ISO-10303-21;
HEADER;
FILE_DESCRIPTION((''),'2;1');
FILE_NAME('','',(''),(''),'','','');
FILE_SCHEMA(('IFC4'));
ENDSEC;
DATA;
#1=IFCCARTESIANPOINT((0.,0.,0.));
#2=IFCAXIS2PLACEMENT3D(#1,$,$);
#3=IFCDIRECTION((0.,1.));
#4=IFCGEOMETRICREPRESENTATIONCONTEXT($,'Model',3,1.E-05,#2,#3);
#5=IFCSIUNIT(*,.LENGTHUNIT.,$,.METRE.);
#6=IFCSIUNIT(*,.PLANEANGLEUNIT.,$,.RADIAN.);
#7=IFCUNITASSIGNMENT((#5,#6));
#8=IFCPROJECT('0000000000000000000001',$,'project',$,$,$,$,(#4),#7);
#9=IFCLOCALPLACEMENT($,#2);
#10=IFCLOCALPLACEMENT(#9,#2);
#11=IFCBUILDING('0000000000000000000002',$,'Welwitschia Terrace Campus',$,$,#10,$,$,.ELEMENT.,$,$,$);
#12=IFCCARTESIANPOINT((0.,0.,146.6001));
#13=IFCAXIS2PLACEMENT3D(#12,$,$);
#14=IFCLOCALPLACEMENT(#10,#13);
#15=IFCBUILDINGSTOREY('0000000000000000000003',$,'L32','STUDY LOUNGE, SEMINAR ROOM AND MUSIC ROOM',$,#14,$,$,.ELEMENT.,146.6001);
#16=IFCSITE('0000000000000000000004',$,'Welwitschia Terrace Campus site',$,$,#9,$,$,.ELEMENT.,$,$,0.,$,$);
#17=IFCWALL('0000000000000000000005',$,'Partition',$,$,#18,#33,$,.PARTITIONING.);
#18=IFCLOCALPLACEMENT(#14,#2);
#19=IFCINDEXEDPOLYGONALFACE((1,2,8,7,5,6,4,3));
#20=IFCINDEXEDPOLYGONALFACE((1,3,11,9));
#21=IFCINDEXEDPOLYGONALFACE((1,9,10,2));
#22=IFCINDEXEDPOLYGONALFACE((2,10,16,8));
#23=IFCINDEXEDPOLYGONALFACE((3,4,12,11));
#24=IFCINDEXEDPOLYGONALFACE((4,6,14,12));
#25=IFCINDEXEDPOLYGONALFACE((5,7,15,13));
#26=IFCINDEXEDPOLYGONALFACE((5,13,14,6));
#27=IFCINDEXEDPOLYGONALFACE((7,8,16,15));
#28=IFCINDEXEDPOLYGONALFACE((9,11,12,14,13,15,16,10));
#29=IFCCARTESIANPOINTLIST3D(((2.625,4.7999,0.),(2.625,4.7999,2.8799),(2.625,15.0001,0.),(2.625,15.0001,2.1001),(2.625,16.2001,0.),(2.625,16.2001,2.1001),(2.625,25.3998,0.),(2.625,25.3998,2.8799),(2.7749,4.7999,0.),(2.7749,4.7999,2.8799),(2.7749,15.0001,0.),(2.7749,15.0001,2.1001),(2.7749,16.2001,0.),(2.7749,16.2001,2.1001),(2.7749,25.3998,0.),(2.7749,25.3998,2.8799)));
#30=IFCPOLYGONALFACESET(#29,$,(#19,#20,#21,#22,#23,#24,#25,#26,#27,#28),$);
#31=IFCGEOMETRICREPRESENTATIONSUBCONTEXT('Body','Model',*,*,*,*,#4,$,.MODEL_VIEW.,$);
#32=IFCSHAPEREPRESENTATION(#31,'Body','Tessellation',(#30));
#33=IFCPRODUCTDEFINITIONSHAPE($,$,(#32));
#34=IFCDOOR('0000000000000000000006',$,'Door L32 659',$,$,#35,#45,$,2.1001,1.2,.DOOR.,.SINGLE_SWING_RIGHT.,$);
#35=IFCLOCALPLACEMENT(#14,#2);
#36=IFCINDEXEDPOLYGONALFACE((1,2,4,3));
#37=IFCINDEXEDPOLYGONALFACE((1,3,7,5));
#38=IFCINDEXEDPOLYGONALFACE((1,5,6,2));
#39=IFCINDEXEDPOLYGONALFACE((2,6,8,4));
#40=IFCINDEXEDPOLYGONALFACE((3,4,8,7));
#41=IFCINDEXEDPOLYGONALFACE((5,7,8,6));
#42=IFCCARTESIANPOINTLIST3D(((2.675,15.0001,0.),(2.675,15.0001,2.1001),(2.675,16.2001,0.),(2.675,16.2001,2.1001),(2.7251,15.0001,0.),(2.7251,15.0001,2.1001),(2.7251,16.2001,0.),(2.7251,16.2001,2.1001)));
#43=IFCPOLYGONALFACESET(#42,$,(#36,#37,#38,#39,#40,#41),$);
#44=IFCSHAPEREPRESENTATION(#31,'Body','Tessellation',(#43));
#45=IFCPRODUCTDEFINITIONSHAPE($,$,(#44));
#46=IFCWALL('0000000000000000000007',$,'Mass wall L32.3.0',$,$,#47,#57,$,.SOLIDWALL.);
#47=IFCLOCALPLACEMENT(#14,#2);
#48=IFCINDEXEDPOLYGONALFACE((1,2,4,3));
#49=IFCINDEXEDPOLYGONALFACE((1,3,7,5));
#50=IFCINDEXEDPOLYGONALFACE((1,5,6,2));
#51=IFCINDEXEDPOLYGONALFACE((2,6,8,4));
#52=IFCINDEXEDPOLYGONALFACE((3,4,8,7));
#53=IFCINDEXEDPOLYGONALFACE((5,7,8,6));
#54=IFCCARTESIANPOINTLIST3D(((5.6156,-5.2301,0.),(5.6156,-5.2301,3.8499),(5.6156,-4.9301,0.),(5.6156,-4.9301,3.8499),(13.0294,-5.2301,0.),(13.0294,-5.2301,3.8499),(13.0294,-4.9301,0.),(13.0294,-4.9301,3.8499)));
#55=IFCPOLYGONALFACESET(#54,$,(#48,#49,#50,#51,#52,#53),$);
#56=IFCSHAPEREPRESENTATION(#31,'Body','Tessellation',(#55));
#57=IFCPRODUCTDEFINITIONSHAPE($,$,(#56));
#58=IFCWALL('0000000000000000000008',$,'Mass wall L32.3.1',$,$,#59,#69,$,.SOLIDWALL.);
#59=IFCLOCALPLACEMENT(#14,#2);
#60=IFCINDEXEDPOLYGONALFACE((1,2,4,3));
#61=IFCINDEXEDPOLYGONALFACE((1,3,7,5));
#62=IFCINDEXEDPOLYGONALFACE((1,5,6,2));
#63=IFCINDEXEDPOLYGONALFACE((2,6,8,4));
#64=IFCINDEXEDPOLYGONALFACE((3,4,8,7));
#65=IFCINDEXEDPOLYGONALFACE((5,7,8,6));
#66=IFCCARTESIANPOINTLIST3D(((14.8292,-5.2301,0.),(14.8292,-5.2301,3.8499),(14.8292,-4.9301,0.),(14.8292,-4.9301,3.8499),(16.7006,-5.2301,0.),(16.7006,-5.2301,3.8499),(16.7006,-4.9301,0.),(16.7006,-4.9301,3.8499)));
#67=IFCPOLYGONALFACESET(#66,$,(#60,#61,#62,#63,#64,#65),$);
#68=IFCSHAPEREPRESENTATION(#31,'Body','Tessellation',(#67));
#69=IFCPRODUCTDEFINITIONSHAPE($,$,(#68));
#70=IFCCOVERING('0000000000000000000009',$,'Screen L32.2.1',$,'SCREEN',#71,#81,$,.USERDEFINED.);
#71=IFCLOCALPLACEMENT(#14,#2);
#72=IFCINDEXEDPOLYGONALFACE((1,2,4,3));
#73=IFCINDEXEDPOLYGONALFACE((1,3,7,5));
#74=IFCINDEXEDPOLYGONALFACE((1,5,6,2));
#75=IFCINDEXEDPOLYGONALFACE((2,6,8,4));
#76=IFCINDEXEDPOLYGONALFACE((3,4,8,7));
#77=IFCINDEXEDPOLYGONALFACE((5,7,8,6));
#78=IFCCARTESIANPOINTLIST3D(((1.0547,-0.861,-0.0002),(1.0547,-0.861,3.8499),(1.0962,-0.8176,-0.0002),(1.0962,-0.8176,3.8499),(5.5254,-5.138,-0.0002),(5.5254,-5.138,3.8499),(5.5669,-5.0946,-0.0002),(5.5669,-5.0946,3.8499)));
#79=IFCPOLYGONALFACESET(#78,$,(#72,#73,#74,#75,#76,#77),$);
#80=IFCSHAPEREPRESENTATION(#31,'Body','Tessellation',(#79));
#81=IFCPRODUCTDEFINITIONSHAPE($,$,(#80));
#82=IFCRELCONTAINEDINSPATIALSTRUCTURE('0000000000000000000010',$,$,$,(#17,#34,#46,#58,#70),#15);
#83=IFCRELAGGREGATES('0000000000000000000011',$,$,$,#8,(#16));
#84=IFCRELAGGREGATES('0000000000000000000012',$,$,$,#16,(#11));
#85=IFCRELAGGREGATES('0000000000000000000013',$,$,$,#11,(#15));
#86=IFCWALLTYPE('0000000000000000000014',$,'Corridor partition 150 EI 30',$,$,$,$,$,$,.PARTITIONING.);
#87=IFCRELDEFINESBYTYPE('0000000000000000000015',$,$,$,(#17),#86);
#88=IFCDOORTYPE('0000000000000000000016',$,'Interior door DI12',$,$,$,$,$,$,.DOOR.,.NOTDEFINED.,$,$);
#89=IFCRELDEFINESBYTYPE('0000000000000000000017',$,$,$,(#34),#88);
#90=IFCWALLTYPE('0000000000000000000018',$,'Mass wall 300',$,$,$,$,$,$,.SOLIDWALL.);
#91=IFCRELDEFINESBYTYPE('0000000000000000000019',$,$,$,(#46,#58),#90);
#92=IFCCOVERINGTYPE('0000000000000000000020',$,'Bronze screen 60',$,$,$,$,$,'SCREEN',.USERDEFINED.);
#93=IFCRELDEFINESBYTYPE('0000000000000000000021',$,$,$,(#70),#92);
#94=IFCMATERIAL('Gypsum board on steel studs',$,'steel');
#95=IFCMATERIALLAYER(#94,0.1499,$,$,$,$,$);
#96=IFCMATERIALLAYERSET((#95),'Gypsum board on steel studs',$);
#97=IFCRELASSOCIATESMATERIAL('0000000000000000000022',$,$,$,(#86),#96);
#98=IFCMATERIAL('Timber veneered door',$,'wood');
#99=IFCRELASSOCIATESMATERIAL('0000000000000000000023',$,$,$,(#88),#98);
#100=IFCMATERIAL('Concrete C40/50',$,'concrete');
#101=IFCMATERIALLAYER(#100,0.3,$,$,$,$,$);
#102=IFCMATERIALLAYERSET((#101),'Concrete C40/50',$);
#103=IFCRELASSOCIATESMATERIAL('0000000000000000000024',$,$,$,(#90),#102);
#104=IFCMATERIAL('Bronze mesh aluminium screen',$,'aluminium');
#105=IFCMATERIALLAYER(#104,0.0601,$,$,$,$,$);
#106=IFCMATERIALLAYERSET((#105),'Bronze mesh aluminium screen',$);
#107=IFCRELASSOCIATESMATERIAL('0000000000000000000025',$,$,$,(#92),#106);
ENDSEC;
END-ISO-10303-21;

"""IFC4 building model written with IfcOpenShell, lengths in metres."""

from ifc_helpers import new_model, si_unit, direction, frame, frame_2d, origin, origin_2d, place, context, subcontext, project, spatial, rectangle, extrude, material, layer, layer_set, type_object, element, fill, save


model = new_model("IFC4")

# Units and contexts
model_context = context("Model", 3, precision=1e-05, world=origin(), true_north=direction((0.0, 1.0)))
body_context = subcontext(model_context, "Body", "Model", "MODEL_VIEW")
ifc_project = project(units=[si_unit("LENGTHUNIT", "METRE"), si_unit("PLANEANGLEUNIT", "RADIAN")], contexts=[model_context])

# Site, building, storey
site_placement = place(None, origin())
site = spatial("IfcSite", under=ifc_project, at=site_placement, Name="Welwitschia Terrace Campus site", CompositionType="ELEMENT", RefElevation=0.0)
building_placement = place(site_placement, origin())
building = spatial("IfcBuilding", under=site, at=building_placement, Name="Welwitschia Terrace Campus", CompositionType="ELEMENT")
storey_placement = place(building_placement, frame((0.0, 0.0, 146.6001)))
storey = spatial("IfcBuildingStorey", under=building, at=storey_placement, Name="L32", Description="STUDY LOUNGE, SEMINAR ROOM AND MUSIC ROOM", CompositionType="ELEMENT", Elevation=146.6001)

# Shared definitions
ifc_material_1 = material(Name="Gypsum board on steel studs", Category="steel")
ifc_layer_1 = layer(ifc_material_1, 0.1499)
ifc_layer_set_1 = layer_set([ifc_layer_1], Name="Gypsum board on steel studs")
wall_type_1 = type_object("IfcWallType", Name="Corridor partition 150 EI 30", PredefinedType="PARTITIONING", material=ifc_layer_set_1)

# Wall, opening, door
wall_1_placement = place(storey_placement, frame((2.7, 4.8, 0.0), z_axis=(0.0, 0.0, 1.0), x_axis=(0.0, 1.0, 0.0)))
wall_1 = element("IfcWall", 1, at=wall_1_placement, inside=storey, type_object=wall_type_1, Name="Partition", PredefinedType="PARTITIONING", context=body_context, shape_type="SweptSolid", body=[
    extrude(rectangle(XDim=20.5999, YDim=0.1499, at=frame_2d((10.2998, 0.0))), origin(), (0.0, 0.0, 1.0), 2.8799),
])
opening_1_placement = place(wall_1_placement, frame((10.2, 0.0, 0.0)))
opening_1 = element("IfcOpeningElement", 2, at=opening_1_placement, cuts=wall_1, PredefinedType="OPENING", context=body_context, shape_type="SweptSolid", body=[
    extrude(rectangle(XDim=1.2, YDim=2.1001, at=frame_2d((0.6001, 1.05))), frame((0.0, 0.085, 0.0), z_axis=(0.0, -1.0, 0.0), x_axis=(1.0, 0.0, 0.0)), (0.0, 0.0, 1.0), 0.1699),
])
ifc_material_2 = material(Name="Timber veneered door", Category="wood")
door_type_1 = type_object("IfcDoorType", Name="Interior door DI12", OperationType="NOTDEFINED", PredefinedType="DOOR", material=ifc_material_2)
door_1_placement = place(opening_1_placement, origin())
door_1 = element("IfcDoor", 3, at=door_1_placement, inside=storey, type_object=door_type_1, Name="Door L32 659", OperationType="SINGLE_SWING_RIGHT", OverallHeight=2.1001, OverallWidth=1.2, PredefinedType="DOOR", context=body_context, shape_type="SweptSolid", body=[
    extrude(rectangle(XDim=1.2, YDim=2.1001, at=frame_2d((0.6001, 1.05))), frame((0.0, 0.0249, 0.0), z_axis=(0.0, -1.0, 0.0), x_axis=(1.0, 0.0, 0.0)), (0.0, 0.0, 1.0), 0.05),
])
fill(opening_1, door_1)

# Walls
ifc_material_3 = material(Name="Concrete C40/50", Category="concrete")
ifc_layer_2 = layer(ifc_material_3, 0.3)
ifc_layer_set_2 = layer_set([ifc_layer_2], Name="Concrete C40/50")
wall_type_2 = type_object("IfcWallType", Name="Mass wall 300", PredefinedType="SOLIDWALL", material=ifc_layer_set_2)
wall_2_placement = place(storey_placement, frame((5.6155, -5.0801, 0.0), z_axis=(0.0, 0.0, 1.0), x_axis=(1.0, 0.0, 0.0)))
element("IfcWall", 4, at=wall_2_placement, inside=storey, type_object=wall_type_2, Name="Mass wall L32.3.0", PredefinedType="SOLIDWALL", context=body_context, shape_type="SweptSolid", body=[
    extrude(rectangle(XDim=7.4138, YDim=0.3, at=frame_2d((3.707, 0.0))), origin(), (0.0, 0.0, 1.0), 3.8499),
])
wall_3_placement = place(storey_placement, frame((14.8293, -5.0801, 0.0), z_axis=(0.0, 0.0, 1.0), x_axis=(1.0, 0.0, 0.0)))
element("IfcWall", 5, at=wall_3_placement, inside=storey, type_object=wall_type_2, Name="Mass wall L32.3.1", PredefinedType="SOLIDWALL", context=body_context, shape_type="SweptSolid", body=[
    extrude(rectangle(XDim=1.8713, YDim=0.3, at=frame_2d((0.9355, 0.0))), origin(), (0.0, 0.0, 1.0), 3.8499),
])

# Covering
ifc_material_4 = material(Name="Bronze mesh aluminium screen", Category="aluminium")
ifc_layer_3 = layer(ifc_material_4, 0.0601)
ifc_layer_set_3 = layer_set([ifc_layer_3], Name="Bronze mesh aluminium screen")
covering_type = type_object("IfcCoveringType", Name="Bronze screen 60", ElementType="SCREEN", PredefinedType="USERDEFINED", material=ifc_layer_set_3)
covering_placement = place(storey_placement, frame((3.3108, -2.9778, -0.0002), z_axis=(0.0, 0.0, 1.0), x_axis=(0.722588, -0.691279, 0.0)))
element("IfcCovering", 6, at=covering_placement, inside=storey, type_object=covering_type, Name="Screen L32.2.1", ObjectType="SCREEN", PredefinedType="USERDEFINED", context=body_context, shape_type="SweptSolid", body=[
    extrude(rectangle(XDim=6.187, YDim=0.0601, at=origin_2d()), origin(), (0.0, 0.0, 1.0), 3.8501),
])

save(model, "model.ifc")
